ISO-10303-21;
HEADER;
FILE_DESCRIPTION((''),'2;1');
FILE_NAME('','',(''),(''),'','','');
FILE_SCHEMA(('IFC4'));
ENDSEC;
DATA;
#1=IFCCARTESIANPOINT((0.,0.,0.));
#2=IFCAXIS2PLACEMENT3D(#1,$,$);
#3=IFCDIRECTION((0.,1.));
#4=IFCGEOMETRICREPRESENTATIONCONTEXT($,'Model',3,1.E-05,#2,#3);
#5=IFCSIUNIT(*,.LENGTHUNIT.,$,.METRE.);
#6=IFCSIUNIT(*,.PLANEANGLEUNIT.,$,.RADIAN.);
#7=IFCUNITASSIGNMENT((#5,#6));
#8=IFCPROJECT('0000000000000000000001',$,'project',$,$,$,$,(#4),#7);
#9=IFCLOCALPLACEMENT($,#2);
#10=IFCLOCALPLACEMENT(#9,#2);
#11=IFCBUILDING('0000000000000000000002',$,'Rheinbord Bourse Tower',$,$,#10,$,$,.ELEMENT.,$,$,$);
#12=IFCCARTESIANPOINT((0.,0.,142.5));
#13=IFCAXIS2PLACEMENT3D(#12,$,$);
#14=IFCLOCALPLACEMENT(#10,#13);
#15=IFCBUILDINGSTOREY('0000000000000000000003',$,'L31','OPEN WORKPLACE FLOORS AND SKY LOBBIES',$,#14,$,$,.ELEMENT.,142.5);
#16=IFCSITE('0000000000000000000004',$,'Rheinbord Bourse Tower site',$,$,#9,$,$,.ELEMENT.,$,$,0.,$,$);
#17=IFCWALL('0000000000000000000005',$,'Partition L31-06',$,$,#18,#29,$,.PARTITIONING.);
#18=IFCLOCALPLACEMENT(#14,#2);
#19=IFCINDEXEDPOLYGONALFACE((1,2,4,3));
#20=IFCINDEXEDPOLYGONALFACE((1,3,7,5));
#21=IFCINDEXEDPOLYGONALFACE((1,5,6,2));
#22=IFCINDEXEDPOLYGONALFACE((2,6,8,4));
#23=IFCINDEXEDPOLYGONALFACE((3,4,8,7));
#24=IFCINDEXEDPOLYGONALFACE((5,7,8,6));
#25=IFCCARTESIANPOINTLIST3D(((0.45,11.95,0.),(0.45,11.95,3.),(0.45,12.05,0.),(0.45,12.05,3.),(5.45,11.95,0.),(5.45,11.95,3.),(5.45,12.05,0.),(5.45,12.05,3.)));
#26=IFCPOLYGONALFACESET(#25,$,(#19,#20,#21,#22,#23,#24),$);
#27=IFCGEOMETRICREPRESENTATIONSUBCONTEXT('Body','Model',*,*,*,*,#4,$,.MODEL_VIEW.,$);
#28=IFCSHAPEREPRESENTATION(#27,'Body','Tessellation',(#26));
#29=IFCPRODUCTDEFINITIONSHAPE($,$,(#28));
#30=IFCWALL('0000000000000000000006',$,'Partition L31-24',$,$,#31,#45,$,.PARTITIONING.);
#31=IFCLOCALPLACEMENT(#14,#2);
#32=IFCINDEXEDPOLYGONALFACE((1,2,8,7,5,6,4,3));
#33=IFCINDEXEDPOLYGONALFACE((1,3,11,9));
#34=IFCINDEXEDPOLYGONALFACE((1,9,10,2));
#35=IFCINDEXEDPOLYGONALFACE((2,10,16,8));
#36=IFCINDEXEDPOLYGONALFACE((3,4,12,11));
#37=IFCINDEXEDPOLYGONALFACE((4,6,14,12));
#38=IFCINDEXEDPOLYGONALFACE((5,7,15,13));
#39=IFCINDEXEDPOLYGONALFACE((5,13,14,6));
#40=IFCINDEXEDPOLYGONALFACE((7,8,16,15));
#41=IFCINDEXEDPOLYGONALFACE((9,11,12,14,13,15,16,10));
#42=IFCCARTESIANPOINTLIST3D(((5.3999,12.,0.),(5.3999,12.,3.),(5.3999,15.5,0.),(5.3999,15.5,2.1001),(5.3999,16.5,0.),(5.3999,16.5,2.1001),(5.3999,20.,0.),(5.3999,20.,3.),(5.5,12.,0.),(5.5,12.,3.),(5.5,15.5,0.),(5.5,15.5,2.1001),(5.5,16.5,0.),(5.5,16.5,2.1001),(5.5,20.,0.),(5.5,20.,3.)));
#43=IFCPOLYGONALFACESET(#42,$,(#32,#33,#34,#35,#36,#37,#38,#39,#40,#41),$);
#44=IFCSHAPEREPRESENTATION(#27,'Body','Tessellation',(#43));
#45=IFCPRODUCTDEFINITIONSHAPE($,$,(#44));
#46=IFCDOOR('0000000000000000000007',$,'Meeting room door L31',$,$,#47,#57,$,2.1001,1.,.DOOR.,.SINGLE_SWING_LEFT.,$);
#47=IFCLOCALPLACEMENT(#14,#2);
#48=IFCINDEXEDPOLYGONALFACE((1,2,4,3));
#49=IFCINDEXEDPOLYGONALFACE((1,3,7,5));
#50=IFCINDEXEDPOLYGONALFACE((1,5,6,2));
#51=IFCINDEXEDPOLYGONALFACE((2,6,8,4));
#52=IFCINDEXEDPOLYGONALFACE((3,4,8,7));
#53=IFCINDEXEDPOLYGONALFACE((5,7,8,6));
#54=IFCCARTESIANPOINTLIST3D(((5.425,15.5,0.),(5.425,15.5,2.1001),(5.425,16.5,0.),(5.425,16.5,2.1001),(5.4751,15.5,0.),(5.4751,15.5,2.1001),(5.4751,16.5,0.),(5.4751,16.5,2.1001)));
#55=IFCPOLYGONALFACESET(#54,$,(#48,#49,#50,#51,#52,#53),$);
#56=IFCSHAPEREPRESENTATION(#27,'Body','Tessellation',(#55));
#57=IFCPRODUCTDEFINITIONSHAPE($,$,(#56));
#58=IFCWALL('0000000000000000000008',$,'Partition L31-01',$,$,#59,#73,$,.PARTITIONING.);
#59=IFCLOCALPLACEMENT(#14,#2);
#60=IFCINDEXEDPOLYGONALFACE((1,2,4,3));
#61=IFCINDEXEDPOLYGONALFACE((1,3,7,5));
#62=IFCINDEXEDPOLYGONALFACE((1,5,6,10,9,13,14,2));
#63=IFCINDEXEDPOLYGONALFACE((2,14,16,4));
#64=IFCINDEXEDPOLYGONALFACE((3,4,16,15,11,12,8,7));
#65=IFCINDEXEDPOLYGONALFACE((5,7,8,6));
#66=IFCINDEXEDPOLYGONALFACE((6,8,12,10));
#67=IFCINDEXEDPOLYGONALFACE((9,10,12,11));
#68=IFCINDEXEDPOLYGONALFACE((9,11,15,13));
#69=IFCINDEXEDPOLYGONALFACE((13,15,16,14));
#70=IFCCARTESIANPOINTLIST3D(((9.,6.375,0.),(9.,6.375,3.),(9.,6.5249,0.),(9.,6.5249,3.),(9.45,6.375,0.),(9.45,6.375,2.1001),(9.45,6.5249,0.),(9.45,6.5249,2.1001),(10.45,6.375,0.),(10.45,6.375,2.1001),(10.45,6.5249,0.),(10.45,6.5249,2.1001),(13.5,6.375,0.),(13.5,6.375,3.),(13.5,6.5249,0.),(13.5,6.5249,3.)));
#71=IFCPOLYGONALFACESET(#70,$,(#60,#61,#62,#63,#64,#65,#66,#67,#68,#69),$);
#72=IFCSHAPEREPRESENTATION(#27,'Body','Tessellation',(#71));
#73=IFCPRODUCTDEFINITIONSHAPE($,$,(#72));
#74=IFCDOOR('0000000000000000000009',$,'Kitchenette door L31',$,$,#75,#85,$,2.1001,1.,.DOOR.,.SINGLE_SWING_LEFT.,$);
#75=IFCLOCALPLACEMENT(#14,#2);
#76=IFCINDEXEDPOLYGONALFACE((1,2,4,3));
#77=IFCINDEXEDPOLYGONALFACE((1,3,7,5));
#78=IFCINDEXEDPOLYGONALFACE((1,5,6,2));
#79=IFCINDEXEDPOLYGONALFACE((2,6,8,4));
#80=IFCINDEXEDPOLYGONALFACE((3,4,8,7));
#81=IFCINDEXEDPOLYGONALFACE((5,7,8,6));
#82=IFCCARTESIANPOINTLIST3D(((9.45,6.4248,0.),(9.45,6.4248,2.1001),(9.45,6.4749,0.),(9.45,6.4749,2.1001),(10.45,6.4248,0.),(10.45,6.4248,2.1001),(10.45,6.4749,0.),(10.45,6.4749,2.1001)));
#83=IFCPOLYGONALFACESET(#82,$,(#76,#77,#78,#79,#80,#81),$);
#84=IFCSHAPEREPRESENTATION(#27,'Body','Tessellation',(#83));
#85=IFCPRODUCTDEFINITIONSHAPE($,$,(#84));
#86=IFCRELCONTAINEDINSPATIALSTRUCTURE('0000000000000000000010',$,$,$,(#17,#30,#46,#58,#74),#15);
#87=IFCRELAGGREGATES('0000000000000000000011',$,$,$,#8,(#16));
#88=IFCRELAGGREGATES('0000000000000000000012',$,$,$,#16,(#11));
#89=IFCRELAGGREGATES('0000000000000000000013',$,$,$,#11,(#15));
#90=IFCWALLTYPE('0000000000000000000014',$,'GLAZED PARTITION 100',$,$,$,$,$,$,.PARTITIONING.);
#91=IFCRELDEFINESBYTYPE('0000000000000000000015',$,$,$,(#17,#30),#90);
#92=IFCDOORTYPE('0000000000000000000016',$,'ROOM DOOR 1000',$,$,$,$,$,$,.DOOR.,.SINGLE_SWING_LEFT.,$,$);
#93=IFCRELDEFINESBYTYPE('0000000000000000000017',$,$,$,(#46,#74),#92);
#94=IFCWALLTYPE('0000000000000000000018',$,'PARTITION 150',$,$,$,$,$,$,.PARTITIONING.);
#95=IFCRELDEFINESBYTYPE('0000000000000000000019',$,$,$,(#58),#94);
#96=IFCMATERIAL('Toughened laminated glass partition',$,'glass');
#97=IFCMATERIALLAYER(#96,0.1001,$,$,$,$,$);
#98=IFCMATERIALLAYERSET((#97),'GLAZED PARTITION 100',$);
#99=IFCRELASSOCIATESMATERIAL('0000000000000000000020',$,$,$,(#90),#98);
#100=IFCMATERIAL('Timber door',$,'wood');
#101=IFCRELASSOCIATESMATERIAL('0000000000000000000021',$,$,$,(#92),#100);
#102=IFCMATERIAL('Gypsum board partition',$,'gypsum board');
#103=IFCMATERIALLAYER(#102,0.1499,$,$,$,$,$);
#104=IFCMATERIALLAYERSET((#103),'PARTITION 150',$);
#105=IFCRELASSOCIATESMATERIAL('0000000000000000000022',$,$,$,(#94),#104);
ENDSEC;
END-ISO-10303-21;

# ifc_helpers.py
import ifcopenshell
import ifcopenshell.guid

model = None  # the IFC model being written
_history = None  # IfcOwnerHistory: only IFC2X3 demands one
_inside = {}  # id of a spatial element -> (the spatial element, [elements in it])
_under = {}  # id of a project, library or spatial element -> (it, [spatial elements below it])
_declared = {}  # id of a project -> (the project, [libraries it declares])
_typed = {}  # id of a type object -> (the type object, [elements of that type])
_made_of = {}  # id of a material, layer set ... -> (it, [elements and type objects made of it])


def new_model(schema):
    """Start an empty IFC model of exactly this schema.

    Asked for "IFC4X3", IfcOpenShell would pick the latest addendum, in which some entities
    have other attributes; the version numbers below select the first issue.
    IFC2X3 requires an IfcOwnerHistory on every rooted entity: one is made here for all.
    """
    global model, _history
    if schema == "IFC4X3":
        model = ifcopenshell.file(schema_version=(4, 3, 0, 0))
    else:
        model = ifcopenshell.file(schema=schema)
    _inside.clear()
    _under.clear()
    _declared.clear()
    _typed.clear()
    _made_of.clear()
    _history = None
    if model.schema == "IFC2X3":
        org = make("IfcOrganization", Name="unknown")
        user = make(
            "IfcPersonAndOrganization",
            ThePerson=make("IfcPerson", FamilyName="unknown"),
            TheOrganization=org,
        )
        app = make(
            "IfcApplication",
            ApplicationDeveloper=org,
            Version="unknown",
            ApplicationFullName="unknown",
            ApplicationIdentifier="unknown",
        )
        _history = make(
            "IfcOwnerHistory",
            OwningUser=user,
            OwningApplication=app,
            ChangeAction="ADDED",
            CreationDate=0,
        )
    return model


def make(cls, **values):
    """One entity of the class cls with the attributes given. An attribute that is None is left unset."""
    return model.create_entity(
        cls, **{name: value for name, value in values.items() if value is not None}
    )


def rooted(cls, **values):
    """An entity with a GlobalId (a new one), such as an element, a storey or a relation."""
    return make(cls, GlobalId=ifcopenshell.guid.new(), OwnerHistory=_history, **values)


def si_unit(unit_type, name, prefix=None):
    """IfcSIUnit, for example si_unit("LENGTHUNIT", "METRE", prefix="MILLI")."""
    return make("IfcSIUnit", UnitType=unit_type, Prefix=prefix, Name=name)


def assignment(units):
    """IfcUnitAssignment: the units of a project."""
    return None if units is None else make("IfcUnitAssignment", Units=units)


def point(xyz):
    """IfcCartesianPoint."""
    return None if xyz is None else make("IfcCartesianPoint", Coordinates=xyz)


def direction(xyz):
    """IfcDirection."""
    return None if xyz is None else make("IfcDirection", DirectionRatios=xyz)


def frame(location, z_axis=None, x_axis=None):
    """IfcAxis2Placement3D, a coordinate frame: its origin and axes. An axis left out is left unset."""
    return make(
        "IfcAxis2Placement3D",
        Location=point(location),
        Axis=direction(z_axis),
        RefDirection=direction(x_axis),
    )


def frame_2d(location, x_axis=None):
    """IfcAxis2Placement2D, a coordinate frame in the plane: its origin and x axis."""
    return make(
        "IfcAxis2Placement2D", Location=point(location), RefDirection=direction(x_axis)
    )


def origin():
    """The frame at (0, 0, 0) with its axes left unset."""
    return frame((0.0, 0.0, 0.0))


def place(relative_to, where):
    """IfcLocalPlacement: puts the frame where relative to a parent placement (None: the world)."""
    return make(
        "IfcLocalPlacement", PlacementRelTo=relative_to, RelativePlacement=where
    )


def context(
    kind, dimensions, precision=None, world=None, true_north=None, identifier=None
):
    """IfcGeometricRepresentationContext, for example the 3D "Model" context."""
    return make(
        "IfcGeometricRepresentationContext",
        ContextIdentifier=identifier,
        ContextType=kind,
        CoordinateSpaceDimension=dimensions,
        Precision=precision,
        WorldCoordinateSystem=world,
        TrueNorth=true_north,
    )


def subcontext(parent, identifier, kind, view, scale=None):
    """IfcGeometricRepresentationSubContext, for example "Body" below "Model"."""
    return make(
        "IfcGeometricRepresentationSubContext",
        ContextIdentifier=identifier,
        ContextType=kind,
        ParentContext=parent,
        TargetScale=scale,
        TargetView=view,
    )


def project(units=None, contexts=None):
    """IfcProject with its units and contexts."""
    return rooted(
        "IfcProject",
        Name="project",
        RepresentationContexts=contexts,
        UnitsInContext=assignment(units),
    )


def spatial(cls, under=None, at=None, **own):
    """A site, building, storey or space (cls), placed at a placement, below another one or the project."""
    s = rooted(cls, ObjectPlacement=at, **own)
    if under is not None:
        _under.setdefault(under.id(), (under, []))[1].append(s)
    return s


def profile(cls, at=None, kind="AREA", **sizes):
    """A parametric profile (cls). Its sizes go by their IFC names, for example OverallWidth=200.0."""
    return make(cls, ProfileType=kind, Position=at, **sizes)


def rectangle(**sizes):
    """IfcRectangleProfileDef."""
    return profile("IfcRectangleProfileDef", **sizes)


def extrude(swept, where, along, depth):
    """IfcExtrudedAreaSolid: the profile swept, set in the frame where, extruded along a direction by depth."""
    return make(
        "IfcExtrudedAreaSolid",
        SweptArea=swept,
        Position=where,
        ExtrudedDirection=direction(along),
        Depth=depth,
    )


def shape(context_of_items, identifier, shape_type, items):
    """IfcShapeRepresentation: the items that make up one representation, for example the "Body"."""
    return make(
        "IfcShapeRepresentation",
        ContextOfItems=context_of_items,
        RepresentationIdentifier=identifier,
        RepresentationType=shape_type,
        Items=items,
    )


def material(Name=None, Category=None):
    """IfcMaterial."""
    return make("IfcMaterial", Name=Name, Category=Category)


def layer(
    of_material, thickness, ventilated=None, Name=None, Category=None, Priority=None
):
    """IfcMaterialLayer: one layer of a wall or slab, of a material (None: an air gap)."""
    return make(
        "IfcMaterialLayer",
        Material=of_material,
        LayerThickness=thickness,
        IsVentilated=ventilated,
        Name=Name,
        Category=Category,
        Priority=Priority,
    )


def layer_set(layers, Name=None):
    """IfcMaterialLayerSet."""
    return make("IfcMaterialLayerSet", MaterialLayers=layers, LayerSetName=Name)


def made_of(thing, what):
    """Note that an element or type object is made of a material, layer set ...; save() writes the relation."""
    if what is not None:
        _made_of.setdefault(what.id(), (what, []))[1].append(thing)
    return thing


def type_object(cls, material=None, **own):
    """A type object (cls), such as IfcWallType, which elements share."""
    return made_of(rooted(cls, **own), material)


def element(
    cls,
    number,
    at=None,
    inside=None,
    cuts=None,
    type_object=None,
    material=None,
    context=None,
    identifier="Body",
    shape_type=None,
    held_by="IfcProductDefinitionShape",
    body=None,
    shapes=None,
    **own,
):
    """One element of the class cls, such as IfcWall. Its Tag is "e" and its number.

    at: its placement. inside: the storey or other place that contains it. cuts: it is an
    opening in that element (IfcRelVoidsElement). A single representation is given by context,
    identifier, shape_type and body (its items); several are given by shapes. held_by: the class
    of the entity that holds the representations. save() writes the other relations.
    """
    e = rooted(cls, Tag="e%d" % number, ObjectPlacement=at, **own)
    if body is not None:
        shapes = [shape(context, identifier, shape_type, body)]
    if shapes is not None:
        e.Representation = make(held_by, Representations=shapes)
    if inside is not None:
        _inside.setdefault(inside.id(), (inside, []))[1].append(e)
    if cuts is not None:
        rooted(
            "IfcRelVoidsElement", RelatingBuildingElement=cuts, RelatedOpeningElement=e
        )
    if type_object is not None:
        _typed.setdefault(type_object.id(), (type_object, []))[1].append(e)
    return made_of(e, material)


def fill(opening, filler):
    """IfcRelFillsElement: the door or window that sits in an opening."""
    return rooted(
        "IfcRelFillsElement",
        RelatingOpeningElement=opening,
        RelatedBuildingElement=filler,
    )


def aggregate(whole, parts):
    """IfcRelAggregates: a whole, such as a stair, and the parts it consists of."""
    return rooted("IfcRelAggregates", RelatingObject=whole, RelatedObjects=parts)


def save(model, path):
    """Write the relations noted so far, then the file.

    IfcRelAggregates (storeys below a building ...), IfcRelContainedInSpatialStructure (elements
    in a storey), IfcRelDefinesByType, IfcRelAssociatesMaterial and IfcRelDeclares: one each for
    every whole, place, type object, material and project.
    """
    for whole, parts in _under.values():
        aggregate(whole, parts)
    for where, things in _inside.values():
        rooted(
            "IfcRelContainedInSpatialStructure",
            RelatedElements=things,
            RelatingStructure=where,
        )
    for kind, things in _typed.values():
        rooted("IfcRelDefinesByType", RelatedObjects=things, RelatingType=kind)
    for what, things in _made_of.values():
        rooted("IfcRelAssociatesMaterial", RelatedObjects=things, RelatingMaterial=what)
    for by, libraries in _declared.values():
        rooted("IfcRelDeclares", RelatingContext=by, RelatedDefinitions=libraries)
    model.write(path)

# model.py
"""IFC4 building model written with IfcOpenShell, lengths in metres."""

from ifc_helpers import new_model, si_unit, direction, frame, frame_2d, origin, place, context, subcontext, project, spatial, rectangle, extrude, material, layer, layer_set, type_object, element, fill, save


model = new_model("IFC4")

# Units and contexts
model_context = context("Model", 3, precision=1e-05, world=origin(), true_north=direction((0.0, 1.0)))
body_context = subcontext(model_context, "Body", "Model", "MODEL_VIEW")
ifc_project = project(units=[si_unit("LENGTHUNIT", "METRE"), si_unit("PLANEANGLEUNIT", "RADIAN")], contexts=[model_context])

# Site, building, storey
site_placement = place(None, origin())
site = spatial("IfcSite", under=ifc_project, at=site_placement, Name="Rheinbord Bourse Tower site", CompositionType="ELEMENT", RefElevation=0.0)
building_placement = place(site_placement, origin())
building = spatial("IfcBuilding", under=site, at=building_placement, Name="Rheinbord Bourse Tower", CompositionType="ELEMENT")
storey_placement = place(building_placement, frame((0.0, 0.0, 142.5)))
storey = spatial("IfcBuildingStorey", under=building, at=storey_placement, Name="L31", Description="OPEN WORKPLACE FLOORS AND SKY LOBBIES", CompositionType="ELEMENT", Elevation=142.5)

# Wall
ifc_material_1 = material(Name="Toughened laminated glass partition", Category="glass")
ifc_layer_1 = layer(ifc_material_1, 0.1001)
ifc_layer_set_1 = layer_set([ifc_layer_1], Name="GLAZED PARTITION 100")
wall_type_1 = type_object("IfcWallType", Name="GLAZED PARTITION 100", PredefinedType="PARTITIONING", material=ifc_layer_set_1)
wall_1_placement = place(storey_placement, frame((0.45, 12.0, 0.0), z_axis=(0.0, 0.0, 1.0), x_axis=(1.0, 0.0, 0.0)))
element("IfcWall", 1, at=wall_1_placement, inside=storey, type_object=wall_type_1, Name="Partition L31-06", PredefinedType="PARTITIONING", context=body_context, shape_type="SweptSolid", body=[
    extrude(rectangle(XDim=5.0, YDim=0.1001, at=frame_2d((2.5, 0.0))), origin(), (0.0, 0.0, 1.0), 3.0),
])

# Walls, openings, doors
wall_2_placement = place(storey_placement, frame((5.45, 12.0, 0.0), z_axis=(0.0, 0.0, 1.0), x_axis=(0.0, 1.0, 0.0)))
wall_2 = element("IfcWall", 2, at=wall_2_placement, inside=storey, type_object=wall_type_1, Name="Partition L31-24", PredefinedType="PARTITIONING", context=body_context, shape_type="SweptSolid", body=[
    extrude(rectangle(XDim=8.0, YDim=0.1001, at=frame_2d((4.0, 0.0))), origin(), (0.0, 0.0, 1.0), 3.0),
])
opening_1_placement = place(wall_2_placement, frame((3.5, 0.0, 0.0)))
opening_1 = element("IfcOpeningElement", 3, at=opening_1_placement, cuts=wall_2, PredefinedType="OPENING", context=body_context, shape_type="SweptSolid", body=[
    extrude(rectangle(XDim=1.0, YDim=2.1001, at=frame_2d((0.5, 1.05))), frame((0.0, 0.0601, 0.0), z_axis=(0.0, -1.0, 0.0), x_axis=(1.0, 0.0, 0.0)), (0.0, 0.0, 1.0), 0.1201),
])
ifc_material_2 = material(Name="Timber door", Category="wood")
door_type_1 = type_object("IfcDoorType", Name="ROOM DOOR 1000", OperationType="SINGLE_SWING_LEFT", PredefinedType="DOOR", material=ifc_material_2)
door_1_placement = place(opening_1_placement, origin())
door_1 = element("IfcDoor", 4, at=door_1_placement, inside=storey, type_object=door_type_1, Name="Meeting room door L31", OperationType="SINGLE_SWING_LEFT", OverallHeight=2.1001, OverallWidth=1.0, PredefinedType="DOOR", context=body_context, shape_type="SweptSolid", body=[
    extrude(rectangle(XDim=1.0, YDim=2.1001, at=frame_2d((0.5, 1.05))), frame((0.0, 0.0249, 0.0), z_axis=(0.0, -1.0, 0.0), x_axis=(1.0, 0.0, 0.0)), (0.0, 0.0, 1.0), 0.05),
])
fill(opening_1, door_1)
ifc_material_3 = material(Name="Gypsum board partition", Category="gypsum board")
ifc_layer_2 = layer(ifc_material_3, 0.1499)
ifc_layer_set_2 = layer_set([ifc_layer_2], Name="PARTITION 150")
wall_type_2 = type_object("IfcWallType", Name="PARTITION 150", PredefinedType="PARTITIONING", material=ifc_layer_set_2)
wall_3_placement = place(storey_placement, frame((9.0, 6.45, 0.0), z_axis=(0.0, 0.0, 1.0), x_axis=(1.0, 0.0, 0.0)))
wall_3 = element("IfcWall", 5, at=wall_3_placement, inside=storey, type_object=wall_type_2, Name="Partition L31-01", PredefinedType="PARTITIONING", context=body_context, shape_type="SweptSolid", body=[
    extrude(rectangle(XDim=4.5, YDim=0.1499, at=frame_2d((2.25, 0.0))), origin(), (0.0, 0.0, 1.0), 3.0),
])
opening_2_placement = place(wall_3_placement, frame((0.45, 0.0, 0.0)))
opening_2 = element("IfcOpeningElement", 6, at=opening_2_placement, cuts=wall_3, PredefinedType="OPENING", context=body_context, shape_type="SweptSolid", body=[
    extrude(rectangle(XDim=1.0, YDim=2.1001, at=frame_2d((0.5, 1.05))), frame((0.0, 0.085, 0.0), z_axis=(0.0, -1.0, 0.0), x_axis=(1.0, 0.0, 0.0)), (0.0, 0.0, 1.0), 0.1699),
])
door_2_placement = place(opening_2_placement, origin())
door_2 = element("IfcDoor", 7, at=door_2_placement, inside=storey, type_object=door_type_1, Name="Kitchenette door L31", OperationType="SINGLE_SWING_LEFT", OverallHeight=2.1001, OverallWidth=1.0, PredefinedType="DOOR", context=body_context, shape_type="SweptSolid", body=[
    extrude(rectangle(XDim=1.0, YDim=2.1001, at=frame_2d((0.5, 1.05))), frame((0.0, 0.0249, 0.0), z_axis=(0.0, -1.0, 0.0), x_axis=(1.0, 0.0, 0.0)), (0.0, 0.0, 1.0), 0.05),
])
fill(opening_2, door_2)

save(model, "model.ifc")
